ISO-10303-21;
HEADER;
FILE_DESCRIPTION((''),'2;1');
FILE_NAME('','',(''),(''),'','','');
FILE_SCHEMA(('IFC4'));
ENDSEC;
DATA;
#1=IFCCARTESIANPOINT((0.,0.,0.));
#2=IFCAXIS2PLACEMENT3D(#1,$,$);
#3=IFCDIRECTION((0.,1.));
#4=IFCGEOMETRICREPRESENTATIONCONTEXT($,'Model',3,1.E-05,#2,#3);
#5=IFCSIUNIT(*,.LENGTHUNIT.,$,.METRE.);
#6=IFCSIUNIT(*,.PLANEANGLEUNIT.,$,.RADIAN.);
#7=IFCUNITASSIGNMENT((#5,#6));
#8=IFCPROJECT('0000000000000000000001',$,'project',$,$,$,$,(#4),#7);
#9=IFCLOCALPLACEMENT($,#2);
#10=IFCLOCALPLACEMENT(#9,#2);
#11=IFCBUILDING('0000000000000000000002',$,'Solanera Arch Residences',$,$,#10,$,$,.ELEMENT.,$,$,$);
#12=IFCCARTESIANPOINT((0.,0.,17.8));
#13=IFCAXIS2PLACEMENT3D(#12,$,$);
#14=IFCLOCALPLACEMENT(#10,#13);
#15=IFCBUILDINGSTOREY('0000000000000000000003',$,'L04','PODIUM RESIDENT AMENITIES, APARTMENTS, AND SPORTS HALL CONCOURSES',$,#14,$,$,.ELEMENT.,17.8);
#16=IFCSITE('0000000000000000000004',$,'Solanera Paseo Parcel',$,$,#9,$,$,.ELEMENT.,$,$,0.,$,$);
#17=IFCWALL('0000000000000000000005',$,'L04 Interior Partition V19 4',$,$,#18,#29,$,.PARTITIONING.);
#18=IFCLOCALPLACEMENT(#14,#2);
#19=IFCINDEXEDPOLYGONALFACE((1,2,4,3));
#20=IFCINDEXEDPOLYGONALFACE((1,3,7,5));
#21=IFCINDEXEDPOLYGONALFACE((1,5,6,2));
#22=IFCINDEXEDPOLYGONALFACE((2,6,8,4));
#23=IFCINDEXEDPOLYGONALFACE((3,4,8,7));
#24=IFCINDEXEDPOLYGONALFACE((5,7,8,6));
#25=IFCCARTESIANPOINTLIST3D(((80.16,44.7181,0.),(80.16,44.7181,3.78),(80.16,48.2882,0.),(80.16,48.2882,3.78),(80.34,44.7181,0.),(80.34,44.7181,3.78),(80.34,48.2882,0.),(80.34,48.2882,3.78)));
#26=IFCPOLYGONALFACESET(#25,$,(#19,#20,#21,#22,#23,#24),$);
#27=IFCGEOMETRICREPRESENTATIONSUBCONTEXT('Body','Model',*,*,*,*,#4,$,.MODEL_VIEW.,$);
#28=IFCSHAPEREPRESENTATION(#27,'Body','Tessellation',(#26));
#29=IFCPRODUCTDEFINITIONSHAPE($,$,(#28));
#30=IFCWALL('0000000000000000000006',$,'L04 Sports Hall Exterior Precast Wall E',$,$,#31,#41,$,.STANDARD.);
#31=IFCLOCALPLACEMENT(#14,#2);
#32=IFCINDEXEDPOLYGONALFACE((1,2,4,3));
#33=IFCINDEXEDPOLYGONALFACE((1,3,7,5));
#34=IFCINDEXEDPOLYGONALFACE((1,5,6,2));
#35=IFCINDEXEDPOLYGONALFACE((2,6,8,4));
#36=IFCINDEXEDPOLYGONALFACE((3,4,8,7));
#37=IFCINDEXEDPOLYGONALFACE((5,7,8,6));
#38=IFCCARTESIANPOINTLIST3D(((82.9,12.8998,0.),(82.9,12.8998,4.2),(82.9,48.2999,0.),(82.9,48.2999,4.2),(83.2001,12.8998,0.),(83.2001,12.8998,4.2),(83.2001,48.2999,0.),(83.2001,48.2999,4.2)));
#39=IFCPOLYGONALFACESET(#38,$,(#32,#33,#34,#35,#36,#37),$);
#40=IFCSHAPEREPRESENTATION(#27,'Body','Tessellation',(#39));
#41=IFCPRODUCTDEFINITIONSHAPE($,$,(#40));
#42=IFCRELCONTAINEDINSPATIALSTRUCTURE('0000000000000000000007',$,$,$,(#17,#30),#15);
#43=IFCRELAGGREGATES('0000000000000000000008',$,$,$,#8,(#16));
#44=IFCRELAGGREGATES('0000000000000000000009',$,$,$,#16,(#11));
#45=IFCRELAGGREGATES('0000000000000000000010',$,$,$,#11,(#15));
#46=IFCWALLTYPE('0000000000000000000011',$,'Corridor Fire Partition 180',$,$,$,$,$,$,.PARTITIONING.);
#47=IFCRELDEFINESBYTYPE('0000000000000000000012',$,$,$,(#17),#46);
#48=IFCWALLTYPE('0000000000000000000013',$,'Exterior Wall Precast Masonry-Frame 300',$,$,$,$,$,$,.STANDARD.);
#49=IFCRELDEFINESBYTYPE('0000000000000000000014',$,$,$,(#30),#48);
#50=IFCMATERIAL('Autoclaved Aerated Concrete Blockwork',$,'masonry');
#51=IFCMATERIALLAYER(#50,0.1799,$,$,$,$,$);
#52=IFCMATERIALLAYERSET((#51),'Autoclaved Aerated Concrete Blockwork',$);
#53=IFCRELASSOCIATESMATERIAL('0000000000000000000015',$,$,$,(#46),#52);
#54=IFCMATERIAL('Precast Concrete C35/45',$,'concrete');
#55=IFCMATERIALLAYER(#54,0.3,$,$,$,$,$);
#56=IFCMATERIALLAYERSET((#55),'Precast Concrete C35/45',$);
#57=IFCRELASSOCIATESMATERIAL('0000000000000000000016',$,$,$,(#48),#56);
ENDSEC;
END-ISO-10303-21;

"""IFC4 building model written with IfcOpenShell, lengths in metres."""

from ifc_helpers import new_model, si_unit, direction, frame, frame_2d, origin, place, context, subcontext, project, spatial, rectangle, extrude, material, layer, layer_set, type_object, element, save


model = new_model("IFC4")

# Units and contexts
model_context = context("Model", 3, precision=1e-05, world=origin(), true_north=direction((0.0, 1.0)))
body_context = subcontext(model_context, "Body", "Model", "MODEL_VIEW")
ifc_project = project(units=[si_unit("LENGTHUNIT", "METRE"), si_unit("PLANEANGLEUNIT", "RADIAN")], contexts=[model_context])

# Site, building, storey
site_placement = place(None, origin())
site = spatial("IfcSite", under=ifc_project, at=site_placement, Name="Solanera Paseo Parcel", CompositionType="ELEMENT", RefElevation=0.0)
building_placement = place(site_placement, origin())
building = spatial("IfcBuilding", under=site, at=building_placement, Name="Solanera Arch Residences", CompositionType="ELEMENT")
storey_placement = place(building_placement, frame((0.0, 0.0, 17.8)))
storey = spatial("IfcBuildingStorey", under=building, at=storey_placement, Name="L04", Description="PODIUM RESIDENT AMENITIES, APARTMENTS, AND SPORTS HALL CONCOURSES", CompositionType="ELEMENT", Elevation=17.8)

# Walls
ifc_material_1 = material(Name="Autoclaved Aerated Concrete Blockwork", Category="masonry")
ifc_layer_1 = layer(ifc_material_1, 0.1799)
ifc_layer_set_1 = layer_set([ifc_layer_1], Name="Autoclaved Aerated Concrete Blockwork")
wall_type_1 = type_object("IfcWallType", Name="Corridor Fire Partition 180", PredefinedType="PARTITIONING", material=ifc_layer_set_1)
wall_1_placement = place(storey_placement, frame((80.25, 44.718, 0.0), z_axis=(0.0, 0.0, 1.0), x_axis=(0.0, 1.0, 0.0)))
element("IfcWall", 1, at=wall_1_placement, inside=storey, type_object=wall_type_1, Name="L04 Interior Partition V19 4", PredefinedType="PARTITIONING", context=body_context, shape_type="SweptSolid", body=[
    extrude(rectangle(XDim=3.5701, YDim=0.1799, at=frame_2d((1.7852, 0.0))), origin(), (0.0, 0.0, 1.0), 3.78),
])
ifc_material_2 = material(Name="Precast Concrete C35/45", Category="concrete")
ifc_layer_2 = layer(ifc_material_2, 0.3)
ifc_layer_set_2 = layer_set([ifc_layer_2], Name="Precast Concrete C35/45")
wall_type_2 = type_object("IfcWallType", Name="Exterior Wall Precast Masonry-Frame 300", PredefinedType="STANDARD", material=ifc_layer_set_2)
wall_2_placement = place(storey_placement, frame((83.05, 48.3, 0.0), z_axis=(0.0, 0.0, 1.0), x_axis=(0.0, -1.0, 0.0)))
element("IfcWall", 2, at=wall_2_placement, inside=storey, type_object=wall_type_2, Name="L04 Sports Hall Exterior Precast Wall E", PredefinedType="STANDARD", context=body_context, shape_type="SweptSolid", body=[
    extrude(rectangle(XDim=35.4001, YDim=0.3, at=frame_2d((17.7002, 0.0))), origin(), (0.0, 0.0, 1.0), 4.2),
])

save(model, "model.ifc")
